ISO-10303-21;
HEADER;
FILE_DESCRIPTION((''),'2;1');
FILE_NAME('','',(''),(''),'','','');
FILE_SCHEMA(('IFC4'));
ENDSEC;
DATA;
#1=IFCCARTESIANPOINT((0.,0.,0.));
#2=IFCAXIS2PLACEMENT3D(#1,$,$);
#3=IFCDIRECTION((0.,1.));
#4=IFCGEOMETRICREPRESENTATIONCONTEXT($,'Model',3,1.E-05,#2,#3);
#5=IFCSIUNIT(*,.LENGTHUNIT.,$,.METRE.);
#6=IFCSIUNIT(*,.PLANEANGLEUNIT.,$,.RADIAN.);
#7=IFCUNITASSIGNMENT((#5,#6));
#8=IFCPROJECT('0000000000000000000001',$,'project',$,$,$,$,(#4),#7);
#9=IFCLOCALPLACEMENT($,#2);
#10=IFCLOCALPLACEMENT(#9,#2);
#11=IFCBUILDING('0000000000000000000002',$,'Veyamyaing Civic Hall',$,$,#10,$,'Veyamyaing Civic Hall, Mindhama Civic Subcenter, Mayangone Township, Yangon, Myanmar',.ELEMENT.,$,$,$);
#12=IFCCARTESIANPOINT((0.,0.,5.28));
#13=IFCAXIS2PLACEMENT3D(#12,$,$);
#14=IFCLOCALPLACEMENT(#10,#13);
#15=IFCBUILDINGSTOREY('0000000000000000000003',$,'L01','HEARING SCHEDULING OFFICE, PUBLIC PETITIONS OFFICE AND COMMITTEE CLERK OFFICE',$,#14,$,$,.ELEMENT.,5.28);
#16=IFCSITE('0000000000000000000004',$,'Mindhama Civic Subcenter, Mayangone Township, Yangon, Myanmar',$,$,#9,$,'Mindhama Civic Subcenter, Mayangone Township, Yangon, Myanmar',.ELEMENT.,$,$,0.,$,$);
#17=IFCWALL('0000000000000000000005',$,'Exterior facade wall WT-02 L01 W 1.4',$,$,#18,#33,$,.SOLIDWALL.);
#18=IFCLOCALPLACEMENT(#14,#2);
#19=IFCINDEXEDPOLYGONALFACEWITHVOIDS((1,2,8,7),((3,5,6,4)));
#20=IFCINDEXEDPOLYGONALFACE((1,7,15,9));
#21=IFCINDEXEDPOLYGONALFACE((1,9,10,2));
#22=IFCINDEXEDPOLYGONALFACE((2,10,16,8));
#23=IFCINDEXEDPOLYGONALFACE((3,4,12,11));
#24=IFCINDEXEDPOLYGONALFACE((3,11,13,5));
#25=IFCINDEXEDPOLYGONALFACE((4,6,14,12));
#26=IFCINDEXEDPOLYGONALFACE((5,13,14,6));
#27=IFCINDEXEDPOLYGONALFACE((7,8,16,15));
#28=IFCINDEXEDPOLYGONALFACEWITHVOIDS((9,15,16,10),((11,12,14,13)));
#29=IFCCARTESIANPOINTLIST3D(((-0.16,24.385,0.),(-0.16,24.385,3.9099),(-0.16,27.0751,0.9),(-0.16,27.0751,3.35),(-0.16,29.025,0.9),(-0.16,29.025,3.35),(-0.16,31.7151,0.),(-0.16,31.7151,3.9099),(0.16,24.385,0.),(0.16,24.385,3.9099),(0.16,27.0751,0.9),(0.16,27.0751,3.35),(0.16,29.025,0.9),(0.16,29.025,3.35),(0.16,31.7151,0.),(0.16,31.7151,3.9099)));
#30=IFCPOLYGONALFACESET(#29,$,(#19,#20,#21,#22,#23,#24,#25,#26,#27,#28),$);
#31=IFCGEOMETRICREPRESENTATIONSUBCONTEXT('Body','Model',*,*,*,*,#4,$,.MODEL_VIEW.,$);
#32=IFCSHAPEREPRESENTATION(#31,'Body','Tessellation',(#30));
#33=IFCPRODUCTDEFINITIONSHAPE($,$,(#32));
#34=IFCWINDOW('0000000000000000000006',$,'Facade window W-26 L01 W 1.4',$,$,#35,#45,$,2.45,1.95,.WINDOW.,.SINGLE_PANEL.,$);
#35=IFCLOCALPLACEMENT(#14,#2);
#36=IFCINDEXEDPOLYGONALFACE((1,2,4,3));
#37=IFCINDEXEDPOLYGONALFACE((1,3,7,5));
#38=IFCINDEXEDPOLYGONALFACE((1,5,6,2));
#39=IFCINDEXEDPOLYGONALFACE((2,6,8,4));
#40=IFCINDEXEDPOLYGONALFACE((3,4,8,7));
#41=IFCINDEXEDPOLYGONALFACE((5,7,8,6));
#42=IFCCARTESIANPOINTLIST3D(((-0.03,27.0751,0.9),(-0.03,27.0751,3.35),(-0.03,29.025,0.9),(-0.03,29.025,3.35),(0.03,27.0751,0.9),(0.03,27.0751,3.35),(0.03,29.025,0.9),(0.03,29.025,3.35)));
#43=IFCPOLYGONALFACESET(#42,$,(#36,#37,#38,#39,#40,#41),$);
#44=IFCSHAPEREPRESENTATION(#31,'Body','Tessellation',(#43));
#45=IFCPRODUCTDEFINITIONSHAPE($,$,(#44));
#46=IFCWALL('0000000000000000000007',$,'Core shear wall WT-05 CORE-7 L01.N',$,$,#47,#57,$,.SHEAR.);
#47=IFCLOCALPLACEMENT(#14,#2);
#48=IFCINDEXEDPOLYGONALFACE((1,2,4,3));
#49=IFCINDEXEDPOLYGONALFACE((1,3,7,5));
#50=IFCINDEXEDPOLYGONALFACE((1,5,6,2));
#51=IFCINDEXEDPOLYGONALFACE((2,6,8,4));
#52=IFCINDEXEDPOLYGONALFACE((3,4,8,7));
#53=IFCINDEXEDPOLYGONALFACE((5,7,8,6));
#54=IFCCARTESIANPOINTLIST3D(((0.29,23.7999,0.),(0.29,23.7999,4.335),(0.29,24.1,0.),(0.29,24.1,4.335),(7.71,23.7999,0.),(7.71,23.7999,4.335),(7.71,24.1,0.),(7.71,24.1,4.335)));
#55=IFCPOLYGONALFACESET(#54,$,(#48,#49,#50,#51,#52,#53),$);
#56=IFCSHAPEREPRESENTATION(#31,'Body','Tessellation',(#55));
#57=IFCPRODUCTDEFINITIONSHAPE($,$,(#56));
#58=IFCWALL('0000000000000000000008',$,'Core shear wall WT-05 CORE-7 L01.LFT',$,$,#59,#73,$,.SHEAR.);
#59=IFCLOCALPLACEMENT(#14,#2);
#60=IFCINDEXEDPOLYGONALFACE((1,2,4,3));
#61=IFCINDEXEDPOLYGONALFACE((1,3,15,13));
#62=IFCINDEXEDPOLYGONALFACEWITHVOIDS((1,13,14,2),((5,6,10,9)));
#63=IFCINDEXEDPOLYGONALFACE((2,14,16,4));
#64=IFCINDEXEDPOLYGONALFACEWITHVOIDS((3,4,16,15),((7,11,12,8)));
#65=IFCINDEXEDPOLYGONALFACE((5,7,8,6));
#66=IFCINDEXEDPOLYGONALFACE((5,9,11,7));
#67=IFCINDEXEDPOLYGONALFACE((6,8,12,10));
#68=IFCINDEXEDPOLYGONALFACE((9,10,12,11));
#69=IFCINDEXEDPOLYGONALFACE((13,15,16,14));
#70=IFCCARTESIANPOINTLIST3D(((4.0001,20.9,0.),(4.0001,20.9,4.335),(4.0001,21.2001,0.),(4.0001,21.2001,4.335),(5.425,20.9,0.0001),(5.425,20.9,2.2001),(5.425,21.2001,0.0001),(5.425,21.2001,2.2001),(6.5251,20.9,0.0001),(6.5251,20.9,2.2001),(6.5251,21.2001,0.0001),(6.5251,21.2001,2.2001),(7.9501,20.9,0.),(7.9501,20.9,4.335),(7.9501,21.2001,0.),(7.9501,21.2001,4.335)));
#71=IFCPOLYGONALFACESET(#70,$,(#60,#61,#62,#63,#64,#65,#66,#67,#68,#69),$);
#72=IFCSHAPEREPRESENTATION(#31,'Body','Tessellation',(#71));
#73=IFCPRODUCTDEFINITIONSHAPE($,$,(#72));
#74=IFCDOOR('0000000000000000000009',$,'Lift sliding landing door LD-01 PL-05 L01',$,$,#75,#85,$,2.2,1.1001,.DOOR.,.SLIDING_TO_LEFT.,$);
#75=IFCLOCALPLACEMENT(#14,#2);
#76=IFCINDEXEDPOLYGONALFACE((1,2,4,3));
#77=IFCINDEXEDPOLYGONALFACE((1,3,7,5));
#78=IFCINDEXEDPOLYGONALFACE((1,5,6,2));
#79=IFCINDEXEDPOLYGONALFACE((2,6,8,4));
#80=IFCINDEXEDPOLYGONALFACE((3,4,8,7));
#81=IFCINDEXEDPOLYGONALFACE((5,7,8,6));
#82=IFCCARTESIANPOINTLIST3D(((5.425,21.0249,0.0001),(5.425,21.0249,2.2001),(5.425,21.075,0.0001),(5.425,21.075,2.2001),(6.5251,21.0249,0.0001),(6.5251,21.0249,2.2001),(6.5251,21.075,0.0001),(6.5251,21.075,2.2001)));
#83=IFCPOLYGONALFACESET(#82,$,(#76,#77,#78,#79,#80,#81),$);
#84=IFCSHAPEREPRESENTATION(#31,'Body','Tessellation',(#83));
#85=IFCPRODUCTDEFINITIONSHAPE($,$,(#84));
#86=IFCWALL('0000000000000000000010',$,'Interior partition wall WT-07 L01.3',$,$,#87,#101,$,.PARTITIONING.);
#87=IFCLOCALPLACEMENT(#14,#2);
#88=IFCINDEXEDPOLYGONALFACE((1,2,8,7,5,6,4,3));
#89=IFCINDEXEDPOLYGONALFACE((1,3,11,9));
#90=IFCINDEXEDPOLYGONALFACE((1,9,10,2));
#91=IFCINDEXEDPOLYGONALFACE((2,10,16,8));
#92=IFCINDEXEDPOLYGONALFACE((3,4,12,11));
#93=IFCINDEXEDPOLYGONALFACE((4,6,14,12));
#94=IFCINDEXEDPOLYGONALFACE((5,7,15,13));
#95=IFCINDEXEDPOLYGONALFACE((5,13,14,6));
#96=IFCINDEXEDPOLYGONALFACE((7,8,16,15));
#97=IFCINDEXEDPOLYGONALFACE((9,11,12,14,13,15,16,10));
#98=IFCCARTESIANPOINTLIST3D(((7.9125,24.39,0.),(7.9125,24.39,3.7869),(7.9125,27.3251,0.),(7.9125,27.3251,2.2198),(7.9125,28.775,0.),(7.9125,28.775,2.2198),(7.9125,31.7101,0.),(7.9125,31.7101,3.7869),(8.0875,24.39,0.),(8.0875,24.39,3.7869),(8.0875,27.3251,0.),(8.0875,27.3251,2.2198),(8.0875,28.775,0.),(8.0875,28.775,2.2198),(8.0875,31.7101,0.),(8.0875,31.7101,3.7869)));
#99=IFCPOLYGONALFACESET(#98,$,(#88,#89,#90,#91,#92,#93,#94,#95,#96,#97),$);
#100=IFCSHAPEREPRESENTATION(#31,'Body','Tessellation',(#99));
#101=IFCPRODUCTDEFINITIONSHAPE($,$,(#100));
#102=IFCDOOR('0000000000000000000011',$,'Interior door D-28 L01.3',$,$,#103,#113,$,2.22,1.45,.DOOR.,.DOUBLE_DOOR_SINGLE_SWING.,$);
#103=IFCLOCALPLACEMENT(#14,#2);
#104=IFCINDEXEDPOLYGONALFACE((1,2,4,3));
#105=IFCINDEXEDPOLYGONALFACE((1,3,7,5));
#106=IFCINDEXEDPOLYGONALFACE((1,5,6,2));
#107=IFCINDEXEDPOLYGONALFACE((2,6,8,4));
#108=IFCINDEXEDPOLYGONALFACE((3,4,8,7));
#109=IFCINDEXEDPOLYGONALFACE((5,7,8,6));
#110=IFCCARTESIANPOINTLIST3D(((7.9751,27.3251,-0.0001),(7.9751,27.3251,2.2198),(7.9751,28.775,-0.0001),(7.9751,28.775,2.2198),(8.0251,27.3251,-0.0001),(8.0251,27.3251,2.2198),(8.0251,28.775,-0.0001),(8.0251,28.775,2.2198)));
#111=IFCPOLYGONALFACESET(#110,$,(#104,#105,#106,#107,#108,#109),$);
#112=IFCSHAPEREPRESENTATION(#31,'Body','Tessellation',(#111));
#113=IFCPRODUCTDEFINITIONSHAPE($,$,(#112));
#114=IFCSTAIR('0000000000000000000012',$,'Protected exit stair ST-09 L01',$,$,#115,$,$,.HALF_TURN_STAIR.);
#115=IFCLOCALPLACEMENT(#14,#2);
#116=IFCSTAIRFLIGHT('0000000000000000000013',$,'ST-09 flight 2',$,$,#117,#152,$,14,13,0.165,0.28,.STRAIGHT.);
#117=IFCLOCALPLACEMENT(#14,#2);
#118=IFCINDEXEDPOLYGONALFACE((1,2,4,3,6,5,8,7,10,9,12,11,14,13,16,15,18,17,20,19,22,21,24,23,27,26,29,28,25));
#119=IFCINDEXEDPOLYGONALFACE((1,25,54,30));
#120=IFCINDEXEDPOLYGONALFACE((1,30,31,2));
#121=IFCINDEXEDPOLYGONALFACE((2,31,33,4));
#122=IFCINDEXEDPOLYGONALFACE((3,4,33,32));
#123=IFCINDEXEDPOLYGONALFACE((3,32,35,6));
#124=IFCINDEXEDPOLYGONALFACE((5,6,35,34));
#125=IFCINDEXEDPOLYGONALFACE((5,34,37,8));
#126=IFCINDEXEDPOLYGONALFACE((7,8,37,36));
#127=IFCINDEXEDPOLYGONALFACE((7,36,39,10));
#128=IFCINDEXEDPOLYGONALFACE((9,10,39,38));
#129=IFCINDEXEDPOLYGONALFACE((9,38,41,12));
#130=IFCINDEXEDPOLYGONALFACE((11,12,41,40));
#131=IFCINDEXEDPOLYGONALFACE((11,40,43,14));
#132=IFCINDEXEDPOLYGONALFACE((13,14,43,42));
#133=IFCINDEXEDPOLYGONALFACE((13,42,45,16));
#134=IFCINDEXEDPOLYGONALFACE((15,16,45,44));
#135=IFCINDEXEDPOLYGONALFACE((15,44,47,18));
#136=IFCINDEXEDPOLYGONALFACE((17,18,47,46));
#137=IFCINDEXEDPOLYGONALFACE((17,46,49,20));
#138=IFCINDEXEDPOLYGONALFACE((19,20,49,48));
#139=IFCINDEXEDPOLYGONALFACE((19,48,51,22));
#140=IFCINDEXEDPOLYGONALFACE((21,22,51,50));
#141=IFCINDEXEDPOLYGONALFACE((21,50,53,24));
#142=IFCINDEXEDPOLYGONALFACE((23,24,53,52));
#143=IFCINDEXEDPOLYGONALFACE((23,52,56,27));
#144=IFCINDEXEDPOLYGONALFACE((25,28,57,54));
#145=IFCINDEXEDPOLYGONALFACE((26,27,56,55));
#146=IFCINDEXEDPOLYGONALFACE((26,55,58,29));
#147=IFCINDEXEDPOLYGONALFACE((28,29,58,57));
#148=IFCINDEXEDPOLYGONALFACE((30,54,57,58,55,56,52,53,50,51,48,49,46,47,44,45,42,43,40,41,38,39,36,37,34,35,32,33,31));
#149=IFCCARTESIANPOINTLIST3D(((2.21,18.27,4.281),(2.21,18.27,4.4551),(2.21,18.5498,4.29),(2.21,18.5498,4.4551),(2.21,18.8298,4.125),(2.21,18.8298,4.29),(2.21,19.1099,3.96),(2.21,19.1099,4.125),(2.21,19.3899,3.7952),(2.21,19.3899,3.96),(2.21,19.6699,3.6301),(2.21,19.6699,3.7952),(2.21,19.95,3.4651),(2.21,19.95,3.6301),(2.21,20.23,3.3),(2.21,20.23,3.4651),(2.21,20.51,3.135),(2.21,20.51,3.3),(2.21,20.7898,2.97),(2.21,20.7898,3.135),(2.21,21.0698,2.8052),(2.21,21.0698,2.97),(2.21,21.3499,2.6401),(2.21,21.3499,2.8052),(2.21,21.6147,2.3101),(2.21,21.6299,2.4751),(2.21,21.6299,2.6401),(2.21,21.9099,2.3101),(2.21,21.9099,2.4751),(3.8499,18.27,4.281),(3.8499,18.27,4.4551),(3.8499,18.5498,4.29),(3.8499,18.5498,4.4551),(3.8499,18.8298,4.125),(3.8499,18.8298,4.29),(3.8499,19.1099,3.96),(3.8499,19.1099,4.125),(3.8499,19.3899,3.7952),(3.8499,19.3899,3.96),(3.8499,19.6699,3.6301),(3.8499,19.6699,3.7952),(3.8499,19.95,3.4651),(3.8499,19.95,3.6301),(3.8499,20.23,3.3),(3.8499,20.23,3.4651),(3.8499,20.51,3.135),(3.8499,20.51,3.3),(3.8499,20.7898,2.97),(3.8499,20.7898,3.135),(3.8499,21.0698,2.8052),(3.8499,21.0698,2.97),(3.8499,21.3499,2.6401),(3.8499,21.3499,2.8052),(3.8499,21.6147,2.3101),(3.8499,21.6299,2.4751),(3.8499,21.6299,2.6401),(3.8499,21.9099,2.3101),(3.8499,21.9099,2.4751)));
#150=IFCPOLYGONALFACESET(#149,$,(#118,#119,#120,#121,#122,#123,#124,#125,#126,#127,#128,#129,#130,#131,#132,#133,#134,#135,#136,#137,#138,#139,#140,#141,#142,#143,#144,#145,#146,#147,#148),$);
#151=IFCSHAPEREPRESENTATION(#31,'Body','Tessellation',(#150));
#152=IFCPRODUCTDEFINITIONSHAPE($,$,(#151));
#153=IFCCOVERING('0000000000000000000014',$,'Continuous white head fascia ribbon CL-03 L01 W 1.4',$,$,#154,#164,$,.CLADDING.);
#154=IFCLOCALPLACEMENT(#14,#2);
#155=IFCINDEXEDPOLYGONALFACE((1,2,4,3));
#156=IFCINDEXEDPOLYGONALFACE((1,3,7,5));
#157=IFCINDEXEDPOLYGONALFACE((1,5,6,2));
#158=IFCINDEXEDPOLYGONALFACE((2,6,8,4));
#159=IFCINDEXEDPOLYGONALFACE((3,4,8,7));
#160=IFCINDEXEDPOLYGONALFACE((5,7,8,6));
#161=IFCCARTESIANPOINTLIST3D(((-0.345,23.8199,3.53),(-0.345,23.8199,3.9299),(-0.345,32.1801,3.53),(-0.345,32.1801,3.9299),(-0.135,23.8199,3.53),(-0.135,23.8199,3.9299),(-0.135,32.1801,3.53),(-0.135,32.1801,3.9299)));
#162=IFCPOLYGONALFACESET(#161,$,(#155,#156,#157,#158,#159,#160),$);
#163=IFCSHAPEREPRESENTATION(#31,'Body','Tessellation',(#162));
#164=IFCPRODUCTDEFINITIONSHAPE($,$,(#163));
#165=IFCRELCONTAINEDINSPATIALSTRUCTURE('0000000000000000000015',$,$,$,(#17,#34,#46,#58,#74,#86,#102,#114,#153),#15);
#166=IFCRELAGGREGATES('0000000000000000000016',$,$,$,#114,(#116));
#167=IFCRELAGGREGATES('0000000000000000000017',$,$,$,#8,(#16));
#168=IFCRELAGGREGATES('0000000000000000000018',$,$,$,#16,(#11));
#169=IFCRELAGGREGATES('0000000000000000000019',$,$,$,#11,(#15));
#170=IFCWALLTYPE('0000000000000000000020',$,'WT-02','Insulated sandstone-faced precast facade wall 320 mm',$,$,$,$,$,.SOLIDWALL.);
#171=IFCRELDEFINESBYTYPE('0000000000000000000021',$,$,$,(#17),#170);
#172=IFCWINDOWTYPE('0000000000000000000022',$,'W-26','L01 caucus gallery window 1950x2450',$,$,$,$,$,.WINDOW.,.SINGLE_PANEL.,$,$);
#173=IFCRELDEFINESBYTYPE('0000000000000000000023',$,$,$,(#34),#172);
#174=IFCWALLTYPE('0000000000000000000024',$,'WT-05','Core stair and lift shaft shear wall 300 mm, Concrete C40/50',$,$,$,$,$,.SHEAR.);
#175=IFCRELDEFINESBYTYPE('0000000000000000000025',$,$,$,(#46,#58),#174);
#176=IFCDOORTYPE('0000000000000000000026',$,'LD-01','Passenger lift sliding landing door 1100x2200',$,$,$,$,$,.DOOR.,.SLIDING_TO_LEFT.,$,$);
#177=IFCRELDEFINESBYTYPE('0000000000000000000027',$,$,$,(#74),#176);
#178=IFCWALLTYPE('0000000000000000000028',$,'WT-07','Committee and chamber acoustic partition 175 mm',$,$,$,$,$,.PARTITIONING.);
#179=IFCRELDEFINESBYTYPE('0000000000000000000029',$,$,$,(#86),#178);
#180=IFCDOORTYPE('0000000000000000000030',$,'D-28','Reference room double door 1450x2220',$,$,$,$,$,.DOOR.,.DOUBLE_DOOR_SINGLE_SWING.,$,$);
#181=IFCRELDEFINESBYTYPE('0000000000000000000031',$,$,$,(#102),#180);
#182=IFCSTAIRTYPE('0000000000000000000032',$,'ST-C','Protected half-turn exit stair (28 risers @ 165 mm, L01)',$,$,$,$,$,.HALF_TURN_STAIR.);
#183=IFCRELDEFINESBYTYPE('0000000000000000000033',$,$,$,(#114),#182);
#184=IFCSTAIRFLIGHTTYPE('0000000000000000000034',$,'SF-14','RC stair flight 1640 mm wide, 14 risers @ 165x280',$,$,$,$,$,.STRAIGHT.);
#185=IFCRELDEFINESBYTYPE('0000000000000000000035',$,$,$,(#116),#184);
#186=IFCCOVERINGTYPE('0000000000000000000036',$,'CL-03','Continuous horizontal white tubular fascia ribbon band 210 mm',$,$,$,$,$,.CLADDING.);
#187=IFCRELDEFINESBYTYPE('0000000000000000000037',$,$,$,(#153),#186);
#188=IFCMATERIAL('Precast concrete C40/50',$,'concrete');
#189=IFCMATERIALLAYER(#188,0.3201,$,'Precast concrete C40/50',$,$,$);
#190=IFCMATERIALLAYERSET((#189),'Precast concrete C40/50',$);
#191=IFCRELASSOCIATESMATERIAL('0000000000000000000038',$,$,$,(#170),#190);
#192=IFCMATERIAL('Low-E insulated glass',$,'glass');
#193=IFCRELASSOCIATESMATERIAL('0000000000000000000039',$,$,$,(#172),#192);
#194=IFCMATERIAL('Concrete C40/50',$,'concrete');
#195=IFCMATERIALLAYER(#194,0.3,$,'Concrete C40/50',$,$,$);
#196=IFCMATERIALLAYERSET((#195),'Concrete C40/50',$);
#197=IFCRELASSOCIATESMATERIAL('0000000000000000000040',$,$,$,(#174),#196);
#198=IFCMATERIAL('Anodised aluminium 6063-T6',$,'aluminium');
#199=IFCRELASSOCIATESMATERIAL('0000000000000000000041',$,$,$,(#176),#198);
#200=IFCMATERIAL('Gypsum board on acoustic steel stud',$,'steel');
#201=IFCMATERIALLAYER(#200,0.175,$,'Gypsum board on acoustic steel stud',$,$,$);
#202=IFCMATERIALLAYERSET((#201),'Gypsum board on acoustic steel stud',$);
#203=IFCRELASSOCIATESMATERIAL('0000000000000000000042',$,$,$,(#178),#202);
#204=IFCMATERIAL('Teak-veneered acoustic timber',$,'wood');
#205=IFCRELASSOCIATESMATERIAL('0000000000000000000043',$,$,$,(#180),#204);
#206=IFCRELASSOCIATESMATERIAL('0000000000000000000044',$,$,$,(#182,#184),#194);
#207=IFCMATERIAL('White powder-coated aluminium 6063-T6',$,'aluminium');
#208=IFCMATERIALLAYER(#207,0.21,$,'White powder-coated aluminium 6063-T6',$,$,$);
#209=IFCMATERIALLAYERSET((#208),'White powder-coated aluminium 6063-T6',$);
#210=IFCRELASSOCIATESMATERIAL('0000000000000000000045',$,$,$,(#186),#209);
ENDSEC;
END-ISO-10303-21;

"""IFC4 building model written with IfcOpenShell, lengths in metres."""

from ifc_helpers import new_model, si_unit, direction, frame, frame_2d, origin, origin_2d, place, context, subcontext, project, spatial, polyline, rectangle, outline, extrude, material, layer, layer_set, type_object, element, fill, aggregate, save


model = new_model("IFC4")

# Units and contexts
model_context = context("Model", 3, precision=1e-05, world=origin(), true_north=direction((0.0, 1.0)))
body_context = subcontext(model_context, "Body", "Model", "MODEL_VIEW")
ifc_project = project(units=[si_unit("LENGTHUNIT", "METRE"), si_unit("PLANEANGLEUNIT", "RADIAN")], contexts=[model_context])

# Site, building, storey
site_placement = place(None, origin())
site = spatial("IfcSite", under=ifc_project, at=site_placement, Name="Mindhama Civic Subcenter, Mayangone Township, Yangon, Myanmar", LongName="Mindhama Civic Subcenter, Mayangone Township, Yangon, Myanmar", CompositionType="ELEMENT", RefElevation=0.0)
building_placement = place(site_placement, origin())
building = spatial("IfcBuilding", under=site, at=building_placement, Name="Veyamyaing Civic Hall", LongName="Veyamyaing Civic Hall, Mindhama Civic Subcenter, Mayangone Township, Yangon, Myanmar", CompositionType="ELEMENT")
storey_placement = place(building_placement, frame((0.0, 0.0, 5.28)))
storey = spatial("IfcBuildingStorey", under=building, at=storey_placement, Name="L01", Description="HEARING SCHEDULING OFFICE, PUBLIC PETITIONS OFFICE AND COMMITTEE CLERK OFFICE", CompositionType="ELEMENT", Elevation=5.28)

# Wall, opening, window
ifc_material_1 = material(Name="Precast concrete C40/50", Category="concrete")
ifc_layer_1 = layer(ifc_material_1, 0.3201, Name="Precast concrete C40/50")
ifc_layer_set_1 = layer_set([ifc_layer_1], Name="Precast concrete C40/50")
wall_type_1 = type_object("IfcWallType", Name="WT-02", Description="Insulated sandstone-faced precast facade wall 320 mm", PredefinedType="SOLIDWALL", material=ifc_layer_set_1)
wall_1_placement = place(storey_placement, frame((0.0, 24.385, 0.0), z_axis=(0.0, 0.0, 1.0), x_axis=(0.0, 1.0, 0.0)))
wall_1 = element("IfcWall", 1, at=wall_1_placement, inside=storey, type_object=wall_type_1, Name="Exterior facade wall WT-02 L01 W 1.4", PredefinedType="SOLIDWALL", context=body_context, shape_type="SweptSolid", body=[
    extrude(rectangle(XDim=7.3301, YDim=0.3201, at=frame_2d((3.665, 0.0))), origin(), (0.0, 0.0, 1.0), 3.9099),
])
opening_1_placement = place(wall_1_placement, frame((2.6899, 0.0, 0.8999)))
opening_1 = element("IfcOpeningElement", 2, at=opening_1_placement, cuts=wall_1, PredefinedType="OPENING", context=body_context, shape_type="SweptSolid", body=[
    extrude(rectangle(XDim=1.95, YDim=2.45, at=frame_2d((0.9751, 1.2251))), frame((0.0, 0.1699, 0.0), z_axis=(0.0, -1.0, 0.0), x_axis=(1.0, 0.0, 0.0)), (0.0, 0.0, 1.0), 0.3401),
])
ifc_material_2 = material(Name="Low-E insulated glass", Category="glass")
window_type = type_object("IfcWindowType", Name="W-26", Description="L01 caucus gallery window 1950x2450", PartitioningType="SINGLE_PANEL", PredefinedType="WINDOW", material=ifc_material_2)
window_placement = place(opening_1_placement, origin())
window = element("IfcWindow", 3, at=window_placement, inside=storey, type_object=window_type, Name="Facade window W-26 L01 W 1.4", OverallHeight=2.45, OverallWidth=1.95, PartitioningType="SINGLE_PANEL", PredefinedType="WINDOW", context=body_context, shape_type="SweptSolid", body=[
    extrude(rectangle(XDim=1.95, YDim=2.45, at=frame_2d((0.9751, 1.2251))), frame((0.0, 0.03, 0.0), z_axis=(0.0, -1.0, 0.0), x_axis=(1.0, 0.0, 0.0)), (0.0, 0.0, 1.0), 0.0601),
])
fill(opening_1, window)

# Wall
ifc_material_3 = material(Name="Concrete C40/50", Category="concrete")
ifc_layer_2 = layer(ifc_material_3, 0.3, Name="Concrete C40/50")
ifc_layer_set_2 = layer_set([ifc_layer_2], Name="Concrete C40/50")
wall_type_2 = type_object("IfcWallType", Name="WT-05", Description="Core stair and lift shaft shear wall 300 mm, Concrete C40/50", PredefinedType="SHEAR", material=ifc_layer_set_2)
wall_2_placement = place(storey_placement, frame((0.29, 23.95, 0.0), z_axis=(0.0, 0.0, 1.0), x_axis=(1.0, 0.0, 0.0)))
element("IfcWall", 4, at=wall_2_placement, inside=storey, type_object=wall_type_2, Name="Core shear wall WT-05 CORE-7 L01.N", PredefinedType="SHEAR", context=body_context, shape_type="SweptSolid", body=[
    extrude(rectangle(XDim=7.4199, YDim=0.3, at=frame_2d((3.71, 0.0))), origin(), (0.0, 0.0, 1.0), 4.335),
])

# Walls, openings, doors
wall_3_placement = place(storey_placement, frame((4.0, 21.05, 0.0), z_axis=(0.0, 0.0, 1.0), x_axis=(1.0, 0.0, 0.0)))
wall_3 = element("IfcWall", 5, at=wall_3_placement, inside=storey, type_object=wall_type_2, Name="Core shear wall WT-05 CORE-7 L01.LFT", PredefinedType="SHEAR", context=body_context, shape_type="SweptSolid", body=[
    extrude(rectangle(XDim=3.95, YDim=0.3, at=frame_2d((1.9751, 0.0))), origin(), (0.0, 0.0, 1.0), 4.335),
])
opening_2_placement = place(wall_3_placement, frame((1.425, 0.0, 0.0)))
opening_2 = element("IfcOpeningElement", 6, at=opening_2_placement, cuts=wall_3, PredefinedType="OPENING", context=body_context, shape_type="SweptSolid", body=[
    extrude(rectangle(XDim=1.1001, YDim=2.2, at=frame_2d((0.55, 1.1001))), frame((0.0, 0.1599, 0.0), z_axis=(0.0, -1.0, 0.0), x_axis=(1.0, 0.0, 0.0)), (0.0, 0.0, 1.0), 0.3201),
])
ifc_material_4 = material(Name="Anodised aluminium 6063-T6", Category="aluminium")
door_type_1 = type_object("IfcDoorType", Name="LD-01", Description="Passenger lift sliding landing door 1100x2200", OperationType="SLIDING_TO_LEFT", PredefinedType="DOOR", material=ifc_material_4)
door_1_placement = place(opening_2_placement, origin())
door_1 = element("IfcDoor", 7, at=door_1_placement, inside=storey, type_object=door_type_1, Name="Lift sliding landing door LD-01 PL-05 L01", OperationType="SLIDING_TO_LEFT", OverallHeight=2.2, OverallWidth=1.1001, PredefinedType="DOOR", context=body_context, shape_type="SweptSolid", body=[
    extrude(rectangle(XDim=1.1001, YDim=2.2, at=frame_2d((0.55, 1.1001))), frame((0.0, 0.0249, 0.0), z_axis=(0.0, -1.0, 0.0), x_axis=(1.0, 0.0, 0.0)), (0.0, 0.0, 1.0), 0.05),
])
fill(opening_2, door_1)
ifc_material_5 = material(Name="Gypsum board on acoustic steel stud", Category="steel")
ifc_layer_3 = layer(ifc_material_5, 0.175, Name="Gypsum board on acoustic steel stud")
ifc_layer_set_3 = layer_set([ifc_layer_3], Name="Gypsum board on acoustic steel stud")
wall_type_3 = type_object("IfcWallType", Name="WT-07", Description="Committee and chamber acoustic partition 175 mm", PredefinedType="PARTITIONING", material=ifc_layer_set_3)
wall_4_placement = place(storey_placement, frame((8.0, 24.3899, 0.0), z_axis=(0.0, 0.0, 1.0), x_axis=(0.0, 1.0, 0.0)))
wall_4 = element("IfcWall", 8, at=wall_4_placement, inside=storey, type_object=wall_type_3, Name="Interior partition wall WT-07 L01.3", PredefinedType="PARTITIONING", context=body_context, shape_type="SweptSolid", body=[
    extrude(rectangle(XDim=7.3201, YDim=0.175, at=frame_2d((3.6602, 0.0))), origin(), (0.0, 0.0, 1.0), 3.7869),
])
opening_3_placement = place(wall_4_placement, frame((2.9351, 0.0, 0.0)))
opening_3 = element("IfcOpeningElement", 9, at=opening_3_placement, cuts=wall_4, PredefinedType="OPENING", context=body_context, shape_type="SweptSolid", body=[
    extrude(rectangle(XDim=1.45, YDim=2.22, at=frame_2d((0.7251, 1.1099))), frame((0.0, 0.0974, 0.0), z_axis=(0.0, -1.0, 0.0), x_axis=(1.0, 0.0, 0.0)), (0.0, 0.0, 1.0), 0.1951),
])
ifc_material_6 = material(Name="Teak-veneered acoustic timber", Category="wood")
door_type_2 = type_object("IfcDoorType", Name="D-28", Description="Reference room double door 1450x2220", OperationType="DOUBLE_DOOR_SINGLE_SWING", PredefinedType="DOOR", material=ifc_material_6)
door_2_placement = place(opening_3_placement, origin())
door_2 = element("IfcDoor", 10, at=door_2_placement, inside=storey, type_object=door_type_2, Name="Interior door D-28 L01.3", OperationType="DOUBLE_DOOR_SINGLE_SWING", OverallHeight=2.22, OverallWidth=1.45, PredefinedType="DOOR", context=body_context, shape_type="SweptSolid", body=[
    extrude(rectangle(XDim=1.45, YDim=2.22, at=frame_2d((0.7251, 1.1099))), frame((0.0, 0.0249, 0.0), z_axis=(0.0, -1.0, 0.0), x_axis=(1.0, 0.0, 0.0)), (0.0, 0.0, 1.0), 0.05),
])
fill(opening_3, door_2)

# Stair, stair flight
stair_type = type_object("IfcStairType", Name="ST-C", Description="Protected half-turn exit stair (28 risers @ 165 mm, L01)", PredefinedType="HALF_TURN_STAIR", material=ifc_material_3)
stair_placement = place(storey_placement, origin())
stair = element("IfcStair", 11, at=stair_placement, inside=storey, type_object=stair_type, Name="Protected exit stair ST-09 L01", PredefinedType="HALF_TURN_STAIR")
stair_flight_type = type_object("IfcStairFlightType", Name="SF-14", Description="RC stair flight 1640 mm wide, 14 risers @ 165x280", PredefinedType="STRAIGHT", material=ifc_material_3)
stair_flight_placement = place(storey_placement, frame((3.03, 21.9099, 2.3101), z_axis=(0.0, 0.0, 1.0), x_axis=(0.0, -1.0, 0.0)))
stair_flight = element("IfcStairFlight", 12, at=stair_flight_placement, type_object=stair_flight_type, Name="ST-09 flight 2", NumberOfRisers=14, NumberOfTreads=13, PredefinedType="STRAIGHT", RiserHeight=0.165, TreadLength=0.28, context=body_context, shape_type="SweptSolid", body=[
    extrude(outline(polyline([(0.0, 0.0), (0.0, 0.165), (0.28, 0.165), (0.28, 0.3301), (0.5601, 0.3301), (0.5601, 0.4951), (0.8401, 0.4951), (0.8401, 0.6599), (1.1201, 0.6599), (1.1201, 0.825), (1.3999, 0.825), (1.3999, 0.99), (1.6799, 0.99), (1.6799, 1.155), (1.96, 1.155), (1.96, 1.3201), (2.24, 1.3201), (2.24, 1.4851), (2.52, 1.4851), (2.52, 1.6499), (2.8, 1.6499), (2.8, 1.8149), (3.0801, 1.8149), (3.0801, 1.98), (3.3601, 1.98), (3.3601, 2.145), (3.6399, 2.145), (3.6399, 2.3101), (3.6399, 1.9709), (0.2952, 0.0), (0.0, 0.0)])), frame((0.0, 0.8198, 0.0), z_axis=(0.0, -1.0, 0.0), x_axis=(1.0, 0.0, 0.0)), (0.0, 0.0, 1.0), 1.6399),
])
aggregate(stair, [stair_flight])

# Covering
ifc_material_7 = material(Name="White powder-coated aluminium 6063-T6", Category="aluminium")
ifc_layer_4 = layer(ifc_material_7, 0.21, Name="White powder-coated aluminium 6063-T6")
ifc_layer_set_4 = layer_set([ifc_layer_4], Name="White powder-coated aluminium 6063-T6")
covering_type = type_object("IfcCoveringType", Name="CL-03", Description="Continuous horizontal white tubular fascia ribbon band 210 mm", PredefinedType="CLADDING", material=ifc_layer_set_4)
for number, where, z_axis, x_axis, name in (
    (13, (-0.24, 28.0, 3.53), (0.0, 0.0, 1.0), (0.0, 1.0, 0.0), "Continuous white head fascia ribbon CL-03 L01 W 1.4"),
):
    element("IfcCovering", number, at=place(storey_placement, frame(where, z_axis=z_axis, x_axis=x_axis)), inside=storey, type_object=covering_type, Name=name, PredefinedType="CLADDING", context=body_context, shape_type="SweptSolid", body=[
        extrude(rectangle(XDim=8.3601, YDim=0.21, at=origin_2d()), origin(), (0.0, 0.0, 1.0), 0.3999),
    ])

save(model, "model.ifc")
